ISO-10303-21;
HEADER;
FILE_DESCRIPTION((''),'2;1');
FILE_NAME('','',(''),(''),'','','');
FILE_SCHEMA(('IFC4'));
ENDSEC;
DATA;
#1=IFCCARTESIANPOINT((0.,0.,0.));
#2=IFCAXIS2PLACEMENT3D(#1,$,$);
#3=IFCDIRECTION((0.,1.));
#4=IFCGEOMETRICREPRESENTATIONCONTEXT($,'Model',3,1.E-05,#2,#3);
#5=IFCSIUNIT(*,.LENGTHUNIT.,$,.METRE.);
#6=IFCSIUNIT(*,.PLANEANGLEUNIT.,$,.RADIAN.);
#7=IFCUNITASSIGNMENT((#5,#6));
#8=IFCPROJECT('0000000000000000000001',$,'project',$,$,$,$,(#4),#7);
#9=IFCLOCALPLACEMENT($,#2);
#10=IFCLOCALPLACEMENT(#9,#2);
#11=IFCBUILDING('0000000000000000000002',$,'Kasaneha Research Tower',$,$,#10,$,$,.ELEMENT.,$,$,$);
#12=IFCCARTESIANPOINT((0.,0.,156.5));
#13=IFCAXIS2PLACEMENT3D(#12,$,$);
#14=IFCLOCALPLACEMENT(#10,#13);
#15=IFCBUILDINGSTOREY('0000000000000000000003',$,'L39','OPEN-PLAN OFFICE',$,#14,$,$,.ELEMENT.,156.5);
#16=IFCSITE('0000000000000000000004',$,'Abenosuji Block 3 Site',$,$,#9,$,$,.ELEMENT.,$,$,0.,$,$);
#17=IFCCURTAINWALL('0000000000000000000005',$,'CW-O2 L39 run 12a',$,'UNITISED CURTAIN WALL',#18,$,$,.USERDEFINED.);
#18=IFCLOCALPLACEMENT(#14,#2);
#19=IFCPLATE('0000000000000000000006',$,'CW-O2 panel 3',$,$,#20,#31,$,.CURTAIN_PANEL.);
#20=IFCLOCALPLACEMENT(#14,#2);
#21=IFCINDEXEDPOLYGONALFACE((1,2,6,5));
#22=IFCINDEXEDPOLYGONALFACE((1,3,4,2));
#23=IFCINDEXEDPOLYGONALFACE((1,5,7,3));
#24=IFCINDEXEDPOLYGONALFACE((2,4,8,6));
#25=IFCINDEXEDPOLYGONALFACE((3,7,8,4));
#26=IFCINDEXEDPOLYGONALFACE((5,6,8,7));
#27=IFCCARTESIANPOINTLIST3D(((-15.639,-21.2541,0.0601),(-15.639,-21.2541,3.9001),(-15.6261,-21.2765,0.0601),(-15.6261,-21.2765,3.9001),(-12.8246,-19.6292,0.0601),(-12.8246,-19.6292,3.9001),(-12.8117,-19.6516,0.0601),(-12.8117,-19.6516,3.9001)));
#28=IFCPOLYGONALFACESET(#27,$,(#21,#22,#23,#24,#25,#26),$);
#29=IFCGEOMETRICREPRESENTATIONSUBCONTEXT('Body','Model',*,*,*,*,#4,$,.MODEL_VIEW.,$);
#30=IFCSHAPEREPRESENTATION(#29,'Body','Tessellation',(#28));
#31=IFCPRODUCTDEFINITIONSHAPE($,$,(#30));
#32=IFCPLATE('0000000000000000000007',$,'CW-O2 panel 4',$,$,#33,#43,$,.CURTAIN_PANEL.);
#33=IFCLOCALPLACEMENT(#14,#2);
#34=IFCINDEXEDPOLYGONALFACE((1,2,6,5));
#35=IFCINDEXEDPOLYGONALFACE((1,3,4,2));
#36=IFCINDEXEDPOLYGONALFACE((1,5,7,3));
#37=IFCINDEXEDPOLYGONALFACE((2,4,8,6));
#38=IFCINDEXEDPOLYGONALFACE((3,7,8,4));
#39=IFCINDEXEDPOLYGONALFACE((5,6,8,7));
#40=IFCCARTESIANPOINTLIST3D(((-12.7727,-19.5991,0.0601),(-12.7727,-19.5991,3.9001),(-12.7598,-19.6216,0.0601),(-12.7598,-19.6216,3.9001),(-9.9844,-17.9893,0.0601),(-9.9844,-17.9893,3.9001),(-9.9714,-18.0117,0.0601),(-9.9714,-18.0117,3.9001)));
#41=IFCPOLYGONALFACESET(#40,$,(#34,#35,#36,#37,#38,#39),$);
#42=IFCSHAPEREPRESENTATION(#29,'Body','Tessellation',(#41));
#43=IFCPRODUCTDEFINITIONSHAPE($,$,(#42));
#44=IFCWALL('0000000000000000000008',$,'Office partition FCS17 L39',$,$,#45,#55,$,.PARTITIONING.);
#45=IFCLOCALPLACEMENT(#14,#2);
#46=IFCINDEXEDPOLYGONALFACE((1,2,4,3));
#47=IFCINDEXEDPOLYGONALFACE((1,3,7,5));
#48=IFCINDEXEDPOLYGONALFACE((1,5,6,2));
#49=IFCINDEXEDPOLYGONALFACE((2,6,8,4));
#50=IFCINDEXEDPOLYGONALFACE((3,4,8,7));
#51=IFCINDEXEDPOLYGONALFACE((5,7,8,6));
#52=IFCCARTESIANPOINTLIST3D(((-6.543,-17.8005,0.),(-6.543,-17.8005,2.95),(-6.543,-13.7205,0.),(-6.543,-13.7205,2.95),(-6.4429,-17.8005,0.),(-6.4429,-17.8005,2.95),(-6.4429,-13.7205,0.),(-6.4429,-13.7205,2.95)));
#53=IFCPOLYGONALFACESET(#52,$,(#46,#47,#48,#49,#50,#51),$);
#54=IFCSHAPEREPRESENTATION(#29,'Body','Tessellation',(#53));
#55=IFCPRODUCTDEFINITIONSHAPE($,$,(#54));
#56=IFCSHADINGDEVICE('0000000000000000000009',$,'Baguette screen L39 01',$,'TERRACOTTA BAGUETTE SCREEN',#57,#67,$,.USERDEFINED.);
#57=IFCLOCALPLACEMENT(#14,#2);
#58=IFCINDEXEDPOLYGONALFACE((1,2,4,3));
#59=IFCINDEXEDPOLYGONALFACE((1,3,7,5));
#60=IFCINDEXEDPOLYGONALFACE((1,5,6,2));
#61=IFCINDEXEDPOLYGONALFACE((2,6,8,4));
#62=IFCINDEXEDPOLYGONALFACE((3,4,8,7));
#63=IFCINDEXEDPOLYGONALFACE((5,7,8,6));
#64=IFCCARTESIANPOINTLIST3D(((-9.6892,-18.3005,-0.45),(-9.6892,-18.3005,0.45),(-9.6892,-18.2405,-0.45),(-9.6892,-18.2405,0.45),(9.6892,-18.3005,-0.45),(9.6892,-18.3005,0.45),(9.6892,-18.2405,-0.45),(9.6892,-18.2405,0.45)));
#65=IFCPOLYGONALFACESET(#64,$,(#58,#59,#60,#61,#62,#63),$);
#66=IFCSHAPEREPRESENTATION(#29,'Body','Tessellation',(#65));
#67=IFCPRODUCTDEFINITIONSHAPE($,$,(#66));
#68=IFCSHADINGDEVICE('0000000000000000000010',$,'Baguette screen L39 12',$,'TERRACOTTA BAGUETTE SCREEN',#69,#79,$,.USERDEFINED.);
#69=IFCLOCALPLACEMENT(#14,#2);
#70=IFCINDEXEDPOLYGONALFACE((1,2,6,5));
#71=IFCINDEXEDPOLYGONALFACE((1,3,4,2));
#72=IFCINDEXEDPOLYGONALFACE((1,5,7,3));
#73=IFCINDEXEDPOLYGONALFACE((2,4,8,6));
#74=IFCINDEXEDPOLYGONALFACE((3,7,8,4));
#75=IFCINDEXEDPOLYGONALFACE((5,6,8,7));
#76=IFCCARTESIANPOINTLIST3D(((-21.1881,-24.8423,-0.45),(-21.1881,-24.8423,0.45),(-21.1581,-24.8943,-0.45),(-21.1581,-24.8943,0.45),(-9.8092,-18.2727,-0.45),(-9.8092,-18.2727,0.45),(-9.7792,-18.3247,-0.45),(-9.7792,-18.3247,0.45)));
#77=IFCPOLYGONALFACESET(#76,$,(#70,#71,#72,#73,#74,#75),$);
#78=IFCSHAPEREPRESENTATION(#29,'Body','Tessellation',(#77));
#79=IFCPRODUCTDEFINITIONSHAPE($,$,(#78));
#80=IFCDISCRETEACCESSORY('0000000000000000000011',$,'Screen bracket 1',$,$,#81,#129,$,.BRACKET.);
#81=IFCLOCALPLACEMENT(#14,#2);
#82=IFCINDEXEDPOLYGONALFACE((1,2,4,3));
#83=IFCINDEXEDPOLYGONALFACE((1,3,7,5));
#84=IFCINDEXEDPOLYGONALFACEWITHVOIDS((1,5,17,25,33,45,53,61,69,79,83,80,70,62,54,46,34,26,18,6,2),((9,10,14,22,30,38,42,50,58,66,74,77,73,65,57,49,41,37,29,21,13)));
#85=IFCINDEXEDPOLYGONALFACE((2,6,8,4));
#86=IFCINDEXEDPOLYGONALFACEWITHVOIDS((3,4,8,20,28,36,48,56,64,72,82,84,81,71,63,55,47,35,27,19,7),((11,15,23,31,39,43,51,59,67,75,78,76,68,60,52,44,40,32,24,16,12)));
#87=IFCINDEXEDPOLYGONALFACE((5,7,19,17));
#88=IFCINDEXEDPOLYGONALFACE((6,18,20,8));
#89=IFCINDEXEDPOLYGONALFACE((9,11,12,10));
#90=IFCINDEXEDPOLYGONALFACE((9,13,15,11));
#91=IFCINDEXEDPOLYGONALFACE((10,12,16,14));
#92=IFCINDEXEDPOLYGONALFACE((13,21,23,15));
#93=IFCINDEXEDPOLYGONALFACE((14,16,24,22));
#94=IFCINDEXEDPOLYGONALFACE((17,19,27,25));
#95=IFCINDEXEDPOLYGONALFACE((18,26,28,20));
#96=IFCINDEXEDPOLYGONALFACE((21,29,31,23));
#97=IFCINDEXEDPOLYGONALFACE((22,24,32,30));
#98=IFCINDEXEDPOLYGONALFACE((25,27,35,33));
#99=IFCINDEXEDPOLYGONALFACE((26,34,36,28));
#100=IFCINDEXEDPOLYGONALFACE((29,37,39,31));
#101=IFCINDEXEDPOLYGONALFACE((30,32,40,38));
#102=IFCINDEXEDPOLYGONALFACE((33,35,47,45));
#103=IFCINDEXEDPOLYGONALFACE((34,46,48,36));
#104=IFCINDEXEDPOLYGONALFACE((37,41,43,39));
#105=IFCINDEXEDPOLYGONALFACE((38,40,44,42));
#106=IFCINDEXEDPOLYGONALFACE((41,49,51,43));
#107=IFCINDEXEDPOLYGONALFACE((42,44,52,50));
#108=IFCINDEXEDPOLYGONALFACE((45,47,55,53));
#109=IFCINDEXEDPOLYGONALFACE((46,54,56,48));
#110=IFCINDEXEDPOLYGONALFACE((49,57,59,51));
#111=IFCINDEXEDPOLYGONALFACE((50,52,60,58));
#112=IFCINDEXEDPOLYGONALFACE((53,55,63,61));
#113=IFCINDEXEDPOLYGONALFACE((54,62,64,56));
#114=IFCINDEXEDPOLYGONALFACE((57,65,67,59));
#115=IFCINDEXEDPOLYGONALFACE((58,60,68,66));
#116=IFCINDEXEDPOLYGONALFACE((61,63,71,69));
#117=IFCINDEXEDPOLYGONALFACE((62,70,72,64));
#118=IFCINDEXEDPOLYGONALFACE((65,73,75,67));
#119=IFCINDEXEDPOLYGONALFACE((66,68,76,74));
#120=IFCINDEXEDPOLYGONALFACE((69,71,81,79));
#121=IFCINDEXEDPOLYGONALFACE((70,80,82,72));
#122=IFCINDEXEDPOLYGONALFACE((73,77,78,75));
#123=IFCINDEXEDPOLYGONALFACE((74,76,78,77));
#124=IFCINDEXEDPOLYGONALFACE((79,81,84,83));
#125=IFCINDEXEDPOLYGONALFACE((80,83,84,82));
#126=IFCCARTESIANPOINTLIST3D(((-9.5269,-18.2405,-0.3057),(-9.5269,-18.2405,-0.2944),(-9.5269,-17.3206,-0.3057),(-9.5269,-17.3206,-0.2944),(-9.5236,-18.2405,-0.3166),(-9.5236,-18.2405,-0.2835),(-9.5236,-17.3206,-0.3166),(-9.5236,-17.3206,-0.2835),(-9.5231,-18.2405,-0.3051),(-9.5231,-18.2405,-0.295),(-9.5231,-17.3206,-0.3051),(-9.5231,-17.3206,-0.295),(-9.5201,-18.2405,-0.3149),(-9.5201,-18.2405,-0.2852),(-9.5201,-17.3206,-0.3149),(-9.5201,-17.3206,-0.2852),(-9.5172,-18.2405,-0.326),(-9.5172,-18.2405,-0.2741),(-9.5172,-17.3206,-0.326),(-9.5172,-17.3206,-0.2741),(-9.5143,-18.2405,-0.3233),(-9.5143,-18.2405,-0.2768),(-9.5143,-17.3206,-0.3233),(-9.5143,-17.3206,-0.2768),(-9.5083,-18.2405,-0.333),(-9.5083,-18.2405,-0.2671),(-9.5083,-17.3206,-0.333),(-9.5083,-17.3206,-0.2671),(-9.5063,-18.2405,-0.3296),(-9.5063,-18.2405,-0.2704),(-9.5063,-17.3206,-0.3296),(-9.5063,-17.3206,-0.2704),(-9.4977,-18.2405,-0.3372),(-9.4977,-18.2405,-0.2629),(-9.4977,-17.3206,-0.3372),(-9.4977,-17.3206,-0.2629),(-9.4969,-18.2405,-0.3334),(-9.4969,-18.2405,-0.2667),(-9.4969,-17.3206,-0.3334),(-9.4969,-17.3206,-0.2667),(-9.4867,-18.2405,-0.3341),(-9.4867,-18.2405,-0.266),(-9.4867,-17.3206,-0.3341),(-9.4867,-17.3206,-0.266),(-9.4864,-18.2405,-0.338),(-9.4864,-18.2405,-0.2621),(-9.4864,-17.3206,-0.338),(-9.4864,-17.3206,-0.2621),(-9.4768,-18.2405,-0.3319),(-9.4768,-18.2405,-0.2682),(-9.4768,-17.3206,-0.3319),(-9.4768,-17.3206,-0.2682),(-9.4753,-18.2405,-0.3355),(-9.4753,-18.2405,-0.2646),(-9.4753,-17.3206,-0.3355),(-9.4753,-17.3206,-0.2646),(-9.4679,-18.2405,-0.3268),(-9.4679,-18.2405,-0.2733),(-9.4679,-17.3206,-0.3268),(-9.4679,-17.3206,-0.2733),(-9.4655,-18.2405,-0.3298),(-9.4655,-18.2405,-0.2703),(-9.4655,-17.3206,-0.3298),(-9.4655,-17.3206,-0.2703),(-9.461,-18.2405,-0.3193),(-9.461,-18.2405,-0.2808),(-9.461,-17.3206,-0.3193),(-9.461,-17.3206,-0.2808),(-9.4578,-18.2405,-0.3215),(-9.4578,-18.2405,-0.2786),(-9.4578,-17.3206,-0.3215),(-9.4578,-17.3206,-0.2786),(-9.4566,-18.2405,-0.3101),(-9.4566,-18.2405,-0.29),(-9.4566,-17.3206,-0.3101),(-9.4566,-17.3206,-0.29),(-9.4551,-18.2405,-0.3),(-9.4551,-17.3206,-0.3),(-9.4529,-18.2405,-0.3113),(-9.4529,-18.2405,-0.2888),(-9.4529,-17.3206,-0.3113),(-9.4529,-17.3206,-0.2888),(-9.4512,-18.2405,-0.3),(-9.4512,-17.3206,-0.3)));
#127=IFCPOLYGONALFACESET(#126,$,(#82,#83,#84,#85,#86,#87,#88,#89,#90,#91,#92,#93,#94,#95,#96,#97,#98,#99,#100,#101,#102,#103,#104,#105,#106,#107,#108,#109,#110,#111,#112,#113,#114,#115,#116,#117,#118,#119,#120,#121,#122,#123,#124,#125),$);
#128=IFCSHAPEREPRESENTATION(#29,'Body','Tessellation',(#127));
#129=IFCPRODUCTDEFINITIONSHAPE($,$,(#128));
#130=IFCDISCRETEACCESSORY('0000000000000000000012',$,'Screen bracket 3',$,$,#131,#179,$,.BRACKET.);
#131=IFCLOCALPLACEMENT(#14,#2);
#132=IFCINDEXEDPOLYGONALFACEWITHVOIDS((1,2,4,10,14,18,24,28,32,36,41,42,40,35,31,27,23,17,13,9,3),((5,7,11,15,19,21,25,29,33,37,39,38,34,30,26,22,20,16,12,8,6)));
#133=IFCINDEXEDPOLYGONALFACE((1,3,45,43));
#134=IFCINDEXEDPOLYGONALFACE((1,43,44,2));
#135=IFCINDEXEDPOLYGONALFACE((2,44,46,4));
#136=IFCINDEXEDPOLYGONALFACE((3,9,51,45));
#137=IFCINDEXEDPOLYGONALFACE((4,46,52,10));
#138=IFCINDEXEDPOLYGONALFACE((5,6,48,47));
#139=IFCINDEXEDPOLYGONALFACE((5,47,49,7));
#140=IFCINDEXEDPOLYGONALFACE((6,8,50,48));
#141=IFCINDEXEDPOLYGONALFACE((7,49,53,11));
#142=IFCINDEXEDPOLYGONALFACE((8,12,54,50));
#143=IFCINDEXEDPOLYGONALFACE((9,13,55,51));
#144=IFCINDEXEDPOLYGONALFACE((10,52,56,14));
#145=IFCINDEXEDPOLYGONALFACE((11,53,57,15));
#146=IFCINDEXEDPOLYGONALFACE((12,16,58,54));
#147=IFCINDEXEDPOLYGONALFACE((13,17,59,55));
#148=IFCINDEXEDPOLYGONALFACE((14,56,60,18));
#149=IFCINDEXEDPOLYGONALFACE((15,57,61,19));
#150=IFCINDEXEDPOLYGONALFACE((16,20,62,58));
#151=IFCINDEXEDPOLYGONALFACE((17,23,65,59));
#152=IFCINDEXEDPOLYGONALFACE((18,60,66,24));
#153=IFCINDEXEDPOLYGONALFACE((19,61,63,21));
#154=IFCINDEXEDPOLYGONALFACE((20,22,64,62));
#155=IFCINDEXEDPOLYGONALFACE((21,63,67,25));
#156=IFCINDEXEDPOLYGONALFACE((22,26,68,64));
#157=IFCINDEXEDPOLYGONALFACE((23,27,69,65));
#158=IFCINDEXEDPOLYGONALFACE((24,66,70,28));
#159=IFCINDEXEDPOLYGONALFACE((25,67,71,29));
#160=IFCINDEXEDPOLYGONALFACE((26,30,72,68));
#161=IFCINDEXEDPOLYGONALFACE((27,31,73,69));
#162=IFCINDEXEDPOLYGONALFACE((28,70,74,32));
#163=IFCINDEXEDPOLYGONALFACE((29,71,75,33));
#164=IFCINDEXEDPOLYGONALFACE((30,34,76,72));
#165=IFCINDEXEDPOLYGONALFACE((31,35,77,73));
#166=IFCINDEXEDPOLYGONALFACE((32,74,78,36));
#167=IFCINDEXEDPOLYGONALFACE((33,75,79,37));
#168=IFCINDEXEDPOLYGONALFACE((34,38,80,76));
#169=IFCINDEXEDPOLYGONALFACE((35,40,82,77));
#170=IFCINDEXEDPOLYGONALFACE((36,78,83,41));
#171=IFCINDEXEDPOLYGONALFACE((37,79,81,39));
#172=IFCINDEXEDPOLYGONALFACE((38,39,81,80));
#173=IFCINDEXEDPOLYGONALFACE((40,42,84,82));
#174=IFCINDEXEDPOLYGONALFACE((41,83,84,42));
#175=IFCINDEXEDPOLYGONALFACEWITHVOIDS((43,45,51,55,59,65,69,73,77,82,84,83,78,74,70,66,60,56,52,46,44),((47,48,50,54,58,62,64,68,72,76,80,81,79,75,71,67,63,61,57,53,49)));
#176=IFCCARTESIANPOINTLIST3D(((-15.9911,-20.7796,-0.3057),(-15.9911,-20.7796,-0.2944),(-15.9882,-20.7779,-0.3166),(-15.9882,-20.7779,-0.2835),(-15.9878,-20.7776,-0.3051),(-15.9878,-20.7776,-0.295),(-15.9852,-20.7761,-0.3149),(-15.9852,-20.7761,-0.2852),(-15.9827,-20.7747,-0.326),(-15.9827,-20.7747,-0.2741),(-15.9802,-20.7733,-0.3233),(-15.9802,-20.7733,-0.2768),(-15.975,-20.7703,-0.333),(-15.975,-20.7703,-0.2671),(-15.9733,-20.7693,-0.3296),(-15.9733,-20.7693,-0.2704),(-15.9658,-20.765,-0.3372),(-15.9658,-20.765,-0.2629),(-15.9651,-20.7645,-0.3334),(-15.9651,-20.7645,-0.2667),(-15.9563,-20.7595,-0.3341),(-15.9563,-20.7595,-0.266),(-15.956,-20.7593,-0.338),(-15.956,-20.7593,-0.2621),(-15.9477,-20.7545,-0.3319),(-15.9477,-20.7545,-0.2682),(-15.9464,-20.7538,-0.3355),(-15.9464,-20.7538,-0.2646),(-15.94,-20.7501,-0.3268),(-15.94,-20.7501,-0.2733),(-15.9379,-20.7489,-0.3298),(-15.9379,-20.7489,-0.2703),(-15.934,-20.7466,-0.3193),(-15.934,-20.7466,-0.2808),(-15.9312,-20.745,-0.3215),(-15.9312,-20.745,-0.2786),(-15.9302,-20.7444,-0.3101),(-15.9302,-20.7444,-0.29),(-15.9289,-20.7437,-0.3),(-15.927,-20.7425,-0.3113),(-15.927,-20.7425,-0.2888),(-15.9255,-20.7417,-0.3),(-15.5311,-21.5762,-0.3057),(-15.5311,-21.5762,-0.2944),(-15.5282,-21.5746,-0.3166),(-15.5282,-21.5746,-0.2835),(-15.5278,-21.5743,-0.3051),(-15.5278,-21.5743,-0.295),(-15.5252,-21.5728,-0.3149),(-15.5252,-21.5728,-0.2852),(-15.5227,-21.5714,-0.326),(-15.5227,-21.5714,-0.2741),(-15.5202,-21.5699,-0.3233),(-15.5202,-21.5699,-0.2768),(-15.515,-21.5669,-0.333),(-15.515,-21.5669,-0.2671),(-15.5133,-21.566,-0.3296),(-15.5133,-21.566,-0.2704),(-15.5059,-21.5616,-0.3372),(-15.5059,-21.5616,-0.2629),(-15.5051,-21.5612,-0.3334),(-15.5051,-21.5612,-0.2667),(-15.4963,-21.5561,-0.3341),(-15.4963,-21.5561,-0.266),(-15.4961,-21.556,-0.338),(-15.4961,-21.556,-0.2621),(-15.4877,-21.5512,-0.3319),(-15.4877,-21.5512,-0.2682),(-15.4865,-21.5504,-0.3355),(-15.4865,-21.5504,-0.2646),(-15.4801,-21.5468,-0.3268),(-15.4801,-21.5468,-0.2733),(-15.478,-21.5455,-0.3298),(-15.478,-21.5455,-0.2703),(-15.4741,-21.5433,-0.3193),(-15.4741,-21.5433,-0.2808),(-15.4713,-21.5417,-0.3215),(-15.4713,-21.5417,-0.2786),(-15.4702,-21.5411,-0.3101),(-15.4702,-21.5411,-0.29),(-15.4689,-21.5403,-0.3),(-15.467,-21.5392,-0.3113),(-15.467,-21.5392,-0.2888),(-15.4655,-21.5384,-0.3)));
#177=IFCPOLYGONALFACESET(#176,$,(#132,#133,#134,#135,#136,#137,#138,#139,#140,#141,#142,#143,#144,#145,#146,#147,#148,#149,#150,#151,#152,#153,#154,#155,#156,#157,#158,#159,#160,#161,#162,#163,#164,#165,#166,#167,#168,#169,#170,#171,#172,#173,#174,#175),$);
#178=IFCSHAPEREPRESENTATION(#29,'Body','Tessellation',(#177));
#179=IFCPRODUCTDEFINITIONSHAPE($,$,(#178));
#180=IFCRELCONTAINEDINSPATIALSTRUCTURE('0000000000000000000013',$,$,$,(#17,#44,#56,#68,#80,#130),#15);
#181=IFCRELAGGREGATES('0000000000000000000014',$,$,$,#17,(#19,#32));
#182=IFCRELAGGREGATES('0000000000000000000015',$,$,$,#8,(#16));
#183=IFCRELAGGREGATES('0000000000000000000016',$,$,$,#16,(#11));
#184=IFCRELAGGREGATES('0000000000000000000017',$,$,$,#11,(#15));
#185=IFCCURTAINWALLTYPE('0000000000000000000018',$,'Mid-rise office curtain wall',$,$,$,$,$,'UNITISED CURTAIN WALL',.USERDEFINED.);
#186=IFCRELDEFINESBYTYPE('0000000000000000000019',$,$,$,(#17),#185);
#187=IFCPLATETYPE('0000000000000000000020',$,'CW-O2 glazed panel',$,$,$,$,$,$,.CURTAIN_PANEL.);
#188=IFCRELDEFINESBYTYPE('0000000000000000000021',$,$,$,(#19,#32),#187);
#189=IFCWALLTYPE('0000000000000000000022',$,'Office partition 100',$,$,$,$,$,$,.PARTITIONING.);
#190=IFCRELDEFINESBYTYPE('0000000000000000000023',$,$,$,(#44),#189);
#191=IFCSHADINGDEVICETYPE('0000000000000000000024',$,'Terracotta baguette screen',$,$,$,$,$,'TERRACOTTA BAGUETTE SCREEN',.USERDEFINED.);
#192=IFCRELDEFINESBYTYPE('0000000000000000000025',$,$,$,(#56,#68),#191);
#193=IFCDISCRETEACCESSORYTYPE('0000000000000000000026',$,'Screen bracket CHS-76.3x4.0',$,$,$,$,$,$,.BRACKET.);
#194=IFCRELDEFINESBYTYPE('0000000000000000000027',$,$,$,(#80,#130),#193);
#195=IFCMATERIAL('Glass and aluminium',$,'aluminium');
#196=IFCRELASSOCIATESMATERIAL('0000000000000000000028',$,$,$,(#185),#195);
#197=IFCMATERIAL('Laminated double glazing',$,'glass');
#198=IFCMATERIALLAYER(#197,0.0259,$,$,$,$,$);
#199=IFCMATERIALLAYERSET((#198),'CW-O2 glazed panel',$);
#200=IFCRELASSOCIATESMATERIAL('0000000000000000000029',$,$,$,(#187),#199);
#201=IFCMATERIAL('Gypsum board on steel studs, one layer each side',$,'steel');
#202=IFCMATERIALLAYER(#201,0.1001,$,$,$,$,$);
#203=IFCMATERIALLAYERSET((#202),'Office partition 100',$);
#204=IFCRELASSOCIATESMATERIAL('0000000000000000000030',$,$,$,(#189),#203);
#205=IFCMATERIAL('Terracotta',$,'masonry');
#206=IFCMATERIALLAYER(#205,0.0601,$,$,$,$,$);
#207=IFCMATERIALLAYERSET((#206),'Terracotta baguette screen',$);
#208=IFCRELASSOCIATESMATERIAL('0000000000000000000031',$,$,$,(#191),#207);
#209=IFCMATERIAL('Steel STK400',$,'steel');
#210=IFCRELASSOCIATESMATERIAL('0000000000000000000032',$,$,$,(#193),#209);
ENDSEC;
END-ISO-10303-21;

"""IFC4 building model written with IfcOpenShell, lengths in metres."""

from ifc_helpers import new_model, si_unit, direction, frame, frame_2d, origin, origin_2d, place, context, subcontext, project, spatial, rectangle, hollow_circle, extrude, material, layer, layer_set, material_profile, profile_set, type_object, element, aggregate, save


model = new_model("IFC4")

# Units and contexts
model_context = context("Model", 3, precision=1e-05, world=origin(), true_north=direction((0.0, 1.0)))
body_context = subcontext(model_context, "Body", "Model", "MODEL_VIEW")
ifc_project = project(units=[si_unit("LENGTHUNIT", "METRE"), si_unit("PLANEANGLEUNIT", "RADIAN")], contexts=[model_context])

# Site, building, storey
site_placement = place(None, origin())
site = spatial("IfcSite", under=ifc_project, at=site_placement, Name="Abenosuji Block 3 Site", CompositionType="ELEMENT", RefElevation=0.0)
building_placement = place(site_placement, origin())
building = spatial("IfcBuilding", under=site, at=building_placement, Name="Kasaneha Research Tower", CompositionType="ELEMENT")
storey_placement = place(building_placement, frame((0.0, 0.0, 156.5)))
storey = spatial("IfcBuildingStorey", under=building, at=storey_placement, Name="L39", Description="OPEN-PLAN OFFICE", CompositionType="ELEMENT", Elevation=156.5)

# Curtain wall
ifc_material_1 = material(Name="Glass and aluminium", Category="aluminium")
curtain_wall_type = type_object("IfcCurtainWallType", Name="Mid-rise office curtain wall", ElementType="UNITISED CURTAIN WALL", PredefinedType="USERDEFINED", material=ifc_material_1)
curtain_wall_1_placement = place(storey_placement, origin())
curtain_wall_1 = element("IfcCurtainWall", 1, at=curtain_wall_1_placement, inside=storey, type_object=curtain_wall_type, Name="CW-O2 L39 run 12a", ObjectType="UNITISED CURTAIN WALL", PredefinedType="USERDEFINED")

# Plates
ifc_material_2 = material(Name="Laminated double glazing", Category="glass")
ifc_layer_1 = layer(ifc_material_2, 0.0259)
ifc_layer_set_1 = layer_set([ifc_layer_1], Name="CW-O2 glazed panel")
plate_type = type_object("IfcPlateType", Name="CW-O2 glazed panel", PredefinedType="CURTAIN_PANEL", material=ifc_layer_set_1)
plate_1_placement = place(storey_placement, frame((-14.2253, -20.4529, 0.0601), z_axis=(0.0, 0.0, 1.0), x_axis=(0.866025, 0.5, 0.0)))
plate_1 = element("IfcPlate", 2, at=plate_1_placement, type_object=plate_type, Name="CW-O2 panel 3", PredefinedType="CURTAIN_PANEL", context=body_context, shape_type="SweptSolid", body=[
    extrude(rectangle(XDim=3.2498, YDim=0.0259, at=origin_2d()), origin(), (0.0, 0.0, 1.0), 3.8401),
])
plate_2_placement = place(storey_placement, frame((-11.3721, -18.8054, 0.0601), z_axis=(0.0, 0.0, 1.0), x_axis=(0.866025, 0.5, 0.0)))
plate_2 = element("IfcPlate", 3, at=plate_2_placement, type_object=plate_type, Name="CW-O2 panel 4", PredefinedType="CURTAIN_PANEL", context=body_context, shape_type="SweptSolid", body=[
    extrude(rectangle(XDim=3.2197, YDim=0.0259, at=origin_2d()), origin(), (0.0, 0.0, 1.0), 3.8401),
])
aggregate(curtain_wall_1, [plate_1, plate_2])

# Wall
ifc_material_3 = material(Name="Gypsum board on steel studs, one layer each side", Category="steel")
ifc_layer_2 = layer(ifc_material_3, 0.1001)
ifc_layer_set_2 = layer_set([ifc_layer_2], Name="Office partition 100")
wall_type = type_object("IfcWallType", Name="Office partition 100", PredefinedType="PARTITIONING", material=ifc_layer_set_2)
wall_placement = place(storey_placement, frame((-6.4929, -17.8005, 0.0), z_axis=(0.0, 0.0, 1.0), x_axis=(0.0, 1.0, 0.0)))
element("IfcWall", 4, at=wall_placement, inside=storey, type_object=wall_type, Name="Office partition FCS17 L39", PredefinedType="PARTITIONING", context=body_context, shape_type="SweptSolid", body=[
    extrude(rectangle(XDim=4.0801, YDim=0.1001, at=frame_2d((2.04, 0.0))), origin(), (0.0, 0.0, 1.0), 2.95),
])

# Shading devices
ifc_material_4 = material(Name="Terracotta", Category="masonry")
ifc_layer_3 = layer(ifc_material_4, 0.0601)
ifc_layer_set_3 = layer_set([ifc_layer_3], Name="Terracotta baguette screen")
shading_device_type = type_object("IfcShadingDeviceType", Name="Terracotta baguette screen", ElementType="TERRACOTTA BAGUETTE SCREEN", PredefinedType="USERDEFINED", material=ifc_layer_set_3)
shading_device_1_placement = place(storey_placement, frame((0.0, -18.2705, -0.45), z_axis=(0.0, 0.0, 1.0), x_axis=(1.0, 0.0, 0.0)))
element("IfcShadingDevice", 5, at=shading_device_1_placement, inside=storey, type_object=shading_device_type, Name="Baguette screen L39 01", ObjectType="TERRACOTTA BAGUETTE SCREEN", PredefinedType="USERDEFINED", context=body_context, shape_type="SweptSolid", body=[
    extrude(rectangle(XDim=19.3784, YDim=0.0601, at=origin_2d()), origin(), (0.0, 0.0, 1.0), 0.8999),
])
shading_device_2_placement = place(storey_placement, frame((-15.4836, -21.5835, -0.45), z_axis=(0.0, 0.0, 1.0), x_axis=(0.866025, 0.5, 0.0)))
element("IfcShadingDevice", 6, at=shading_device_2_placement, inside=storey, type_object=shading_device_type, Name="Baguette screen L39 12", ObjectType="TERRACOTTA BAGUETTE SCREEN", PredefinedType="USERDEFINED", context=body_context, shape_type="SweptSolid", body=[
    extrude(rectangle(XDim=13.1392, YDim=0.0601, at=origin_2d()), origin(), (0.0, 0.0, 1.0), 0.8999),
])

# Discrete accessories
ifc_material_5 = material(Name="Steel STK400", Category="steel")
ifc_material_profile_1 = material_profile(ifc_material_5, hollow_circle(Radius=0.0381, WallThickness=0.0039, at=origin_2d()), Name="CHS-76.3x4.0")
ifc_profile_set_1 = profile_set([ifc_material_profile_1], Name="Steel STK400")
discrete_accessory_type = type_object("IfcDiscreteAccessoryType", Name="Screen bracket CHS-76.3x4.0", PredefinedType="BRACKET", material=ifc_profile_set_1)
for number, where, z_axis, x_axis, name in (
    (7, (-9.4893, -17.3206, -0.3), (0.0, -1.0, 0.0), (1.0, 0.0, 0.0), "Screen bracket 1"),
    (8, (-15.9585, -20.7607, -0.3), (0.500021, -0.866013, 0.0), (0.866013, 0.500021, 0.0), "Screen bracket 3"),
):
    element("IfcDiscreteAccessory", number, at=place(storey_placement, frame(where, z_axis=z_axis, x_axis=x_axis)), inside=storey, type_object=discrete_accessory_type, Name=name, PredefinedType="BRACKET", context=body_context, shape_type="SweptSolid", body=[
        extrude(hollow_circle(Radius=0.0381, WallThickness=0.0039, at=origin_2d()), origin(), (0.0, 0.0, 1.0), 0.9199),
    ])

save(model, "model.ifc")
